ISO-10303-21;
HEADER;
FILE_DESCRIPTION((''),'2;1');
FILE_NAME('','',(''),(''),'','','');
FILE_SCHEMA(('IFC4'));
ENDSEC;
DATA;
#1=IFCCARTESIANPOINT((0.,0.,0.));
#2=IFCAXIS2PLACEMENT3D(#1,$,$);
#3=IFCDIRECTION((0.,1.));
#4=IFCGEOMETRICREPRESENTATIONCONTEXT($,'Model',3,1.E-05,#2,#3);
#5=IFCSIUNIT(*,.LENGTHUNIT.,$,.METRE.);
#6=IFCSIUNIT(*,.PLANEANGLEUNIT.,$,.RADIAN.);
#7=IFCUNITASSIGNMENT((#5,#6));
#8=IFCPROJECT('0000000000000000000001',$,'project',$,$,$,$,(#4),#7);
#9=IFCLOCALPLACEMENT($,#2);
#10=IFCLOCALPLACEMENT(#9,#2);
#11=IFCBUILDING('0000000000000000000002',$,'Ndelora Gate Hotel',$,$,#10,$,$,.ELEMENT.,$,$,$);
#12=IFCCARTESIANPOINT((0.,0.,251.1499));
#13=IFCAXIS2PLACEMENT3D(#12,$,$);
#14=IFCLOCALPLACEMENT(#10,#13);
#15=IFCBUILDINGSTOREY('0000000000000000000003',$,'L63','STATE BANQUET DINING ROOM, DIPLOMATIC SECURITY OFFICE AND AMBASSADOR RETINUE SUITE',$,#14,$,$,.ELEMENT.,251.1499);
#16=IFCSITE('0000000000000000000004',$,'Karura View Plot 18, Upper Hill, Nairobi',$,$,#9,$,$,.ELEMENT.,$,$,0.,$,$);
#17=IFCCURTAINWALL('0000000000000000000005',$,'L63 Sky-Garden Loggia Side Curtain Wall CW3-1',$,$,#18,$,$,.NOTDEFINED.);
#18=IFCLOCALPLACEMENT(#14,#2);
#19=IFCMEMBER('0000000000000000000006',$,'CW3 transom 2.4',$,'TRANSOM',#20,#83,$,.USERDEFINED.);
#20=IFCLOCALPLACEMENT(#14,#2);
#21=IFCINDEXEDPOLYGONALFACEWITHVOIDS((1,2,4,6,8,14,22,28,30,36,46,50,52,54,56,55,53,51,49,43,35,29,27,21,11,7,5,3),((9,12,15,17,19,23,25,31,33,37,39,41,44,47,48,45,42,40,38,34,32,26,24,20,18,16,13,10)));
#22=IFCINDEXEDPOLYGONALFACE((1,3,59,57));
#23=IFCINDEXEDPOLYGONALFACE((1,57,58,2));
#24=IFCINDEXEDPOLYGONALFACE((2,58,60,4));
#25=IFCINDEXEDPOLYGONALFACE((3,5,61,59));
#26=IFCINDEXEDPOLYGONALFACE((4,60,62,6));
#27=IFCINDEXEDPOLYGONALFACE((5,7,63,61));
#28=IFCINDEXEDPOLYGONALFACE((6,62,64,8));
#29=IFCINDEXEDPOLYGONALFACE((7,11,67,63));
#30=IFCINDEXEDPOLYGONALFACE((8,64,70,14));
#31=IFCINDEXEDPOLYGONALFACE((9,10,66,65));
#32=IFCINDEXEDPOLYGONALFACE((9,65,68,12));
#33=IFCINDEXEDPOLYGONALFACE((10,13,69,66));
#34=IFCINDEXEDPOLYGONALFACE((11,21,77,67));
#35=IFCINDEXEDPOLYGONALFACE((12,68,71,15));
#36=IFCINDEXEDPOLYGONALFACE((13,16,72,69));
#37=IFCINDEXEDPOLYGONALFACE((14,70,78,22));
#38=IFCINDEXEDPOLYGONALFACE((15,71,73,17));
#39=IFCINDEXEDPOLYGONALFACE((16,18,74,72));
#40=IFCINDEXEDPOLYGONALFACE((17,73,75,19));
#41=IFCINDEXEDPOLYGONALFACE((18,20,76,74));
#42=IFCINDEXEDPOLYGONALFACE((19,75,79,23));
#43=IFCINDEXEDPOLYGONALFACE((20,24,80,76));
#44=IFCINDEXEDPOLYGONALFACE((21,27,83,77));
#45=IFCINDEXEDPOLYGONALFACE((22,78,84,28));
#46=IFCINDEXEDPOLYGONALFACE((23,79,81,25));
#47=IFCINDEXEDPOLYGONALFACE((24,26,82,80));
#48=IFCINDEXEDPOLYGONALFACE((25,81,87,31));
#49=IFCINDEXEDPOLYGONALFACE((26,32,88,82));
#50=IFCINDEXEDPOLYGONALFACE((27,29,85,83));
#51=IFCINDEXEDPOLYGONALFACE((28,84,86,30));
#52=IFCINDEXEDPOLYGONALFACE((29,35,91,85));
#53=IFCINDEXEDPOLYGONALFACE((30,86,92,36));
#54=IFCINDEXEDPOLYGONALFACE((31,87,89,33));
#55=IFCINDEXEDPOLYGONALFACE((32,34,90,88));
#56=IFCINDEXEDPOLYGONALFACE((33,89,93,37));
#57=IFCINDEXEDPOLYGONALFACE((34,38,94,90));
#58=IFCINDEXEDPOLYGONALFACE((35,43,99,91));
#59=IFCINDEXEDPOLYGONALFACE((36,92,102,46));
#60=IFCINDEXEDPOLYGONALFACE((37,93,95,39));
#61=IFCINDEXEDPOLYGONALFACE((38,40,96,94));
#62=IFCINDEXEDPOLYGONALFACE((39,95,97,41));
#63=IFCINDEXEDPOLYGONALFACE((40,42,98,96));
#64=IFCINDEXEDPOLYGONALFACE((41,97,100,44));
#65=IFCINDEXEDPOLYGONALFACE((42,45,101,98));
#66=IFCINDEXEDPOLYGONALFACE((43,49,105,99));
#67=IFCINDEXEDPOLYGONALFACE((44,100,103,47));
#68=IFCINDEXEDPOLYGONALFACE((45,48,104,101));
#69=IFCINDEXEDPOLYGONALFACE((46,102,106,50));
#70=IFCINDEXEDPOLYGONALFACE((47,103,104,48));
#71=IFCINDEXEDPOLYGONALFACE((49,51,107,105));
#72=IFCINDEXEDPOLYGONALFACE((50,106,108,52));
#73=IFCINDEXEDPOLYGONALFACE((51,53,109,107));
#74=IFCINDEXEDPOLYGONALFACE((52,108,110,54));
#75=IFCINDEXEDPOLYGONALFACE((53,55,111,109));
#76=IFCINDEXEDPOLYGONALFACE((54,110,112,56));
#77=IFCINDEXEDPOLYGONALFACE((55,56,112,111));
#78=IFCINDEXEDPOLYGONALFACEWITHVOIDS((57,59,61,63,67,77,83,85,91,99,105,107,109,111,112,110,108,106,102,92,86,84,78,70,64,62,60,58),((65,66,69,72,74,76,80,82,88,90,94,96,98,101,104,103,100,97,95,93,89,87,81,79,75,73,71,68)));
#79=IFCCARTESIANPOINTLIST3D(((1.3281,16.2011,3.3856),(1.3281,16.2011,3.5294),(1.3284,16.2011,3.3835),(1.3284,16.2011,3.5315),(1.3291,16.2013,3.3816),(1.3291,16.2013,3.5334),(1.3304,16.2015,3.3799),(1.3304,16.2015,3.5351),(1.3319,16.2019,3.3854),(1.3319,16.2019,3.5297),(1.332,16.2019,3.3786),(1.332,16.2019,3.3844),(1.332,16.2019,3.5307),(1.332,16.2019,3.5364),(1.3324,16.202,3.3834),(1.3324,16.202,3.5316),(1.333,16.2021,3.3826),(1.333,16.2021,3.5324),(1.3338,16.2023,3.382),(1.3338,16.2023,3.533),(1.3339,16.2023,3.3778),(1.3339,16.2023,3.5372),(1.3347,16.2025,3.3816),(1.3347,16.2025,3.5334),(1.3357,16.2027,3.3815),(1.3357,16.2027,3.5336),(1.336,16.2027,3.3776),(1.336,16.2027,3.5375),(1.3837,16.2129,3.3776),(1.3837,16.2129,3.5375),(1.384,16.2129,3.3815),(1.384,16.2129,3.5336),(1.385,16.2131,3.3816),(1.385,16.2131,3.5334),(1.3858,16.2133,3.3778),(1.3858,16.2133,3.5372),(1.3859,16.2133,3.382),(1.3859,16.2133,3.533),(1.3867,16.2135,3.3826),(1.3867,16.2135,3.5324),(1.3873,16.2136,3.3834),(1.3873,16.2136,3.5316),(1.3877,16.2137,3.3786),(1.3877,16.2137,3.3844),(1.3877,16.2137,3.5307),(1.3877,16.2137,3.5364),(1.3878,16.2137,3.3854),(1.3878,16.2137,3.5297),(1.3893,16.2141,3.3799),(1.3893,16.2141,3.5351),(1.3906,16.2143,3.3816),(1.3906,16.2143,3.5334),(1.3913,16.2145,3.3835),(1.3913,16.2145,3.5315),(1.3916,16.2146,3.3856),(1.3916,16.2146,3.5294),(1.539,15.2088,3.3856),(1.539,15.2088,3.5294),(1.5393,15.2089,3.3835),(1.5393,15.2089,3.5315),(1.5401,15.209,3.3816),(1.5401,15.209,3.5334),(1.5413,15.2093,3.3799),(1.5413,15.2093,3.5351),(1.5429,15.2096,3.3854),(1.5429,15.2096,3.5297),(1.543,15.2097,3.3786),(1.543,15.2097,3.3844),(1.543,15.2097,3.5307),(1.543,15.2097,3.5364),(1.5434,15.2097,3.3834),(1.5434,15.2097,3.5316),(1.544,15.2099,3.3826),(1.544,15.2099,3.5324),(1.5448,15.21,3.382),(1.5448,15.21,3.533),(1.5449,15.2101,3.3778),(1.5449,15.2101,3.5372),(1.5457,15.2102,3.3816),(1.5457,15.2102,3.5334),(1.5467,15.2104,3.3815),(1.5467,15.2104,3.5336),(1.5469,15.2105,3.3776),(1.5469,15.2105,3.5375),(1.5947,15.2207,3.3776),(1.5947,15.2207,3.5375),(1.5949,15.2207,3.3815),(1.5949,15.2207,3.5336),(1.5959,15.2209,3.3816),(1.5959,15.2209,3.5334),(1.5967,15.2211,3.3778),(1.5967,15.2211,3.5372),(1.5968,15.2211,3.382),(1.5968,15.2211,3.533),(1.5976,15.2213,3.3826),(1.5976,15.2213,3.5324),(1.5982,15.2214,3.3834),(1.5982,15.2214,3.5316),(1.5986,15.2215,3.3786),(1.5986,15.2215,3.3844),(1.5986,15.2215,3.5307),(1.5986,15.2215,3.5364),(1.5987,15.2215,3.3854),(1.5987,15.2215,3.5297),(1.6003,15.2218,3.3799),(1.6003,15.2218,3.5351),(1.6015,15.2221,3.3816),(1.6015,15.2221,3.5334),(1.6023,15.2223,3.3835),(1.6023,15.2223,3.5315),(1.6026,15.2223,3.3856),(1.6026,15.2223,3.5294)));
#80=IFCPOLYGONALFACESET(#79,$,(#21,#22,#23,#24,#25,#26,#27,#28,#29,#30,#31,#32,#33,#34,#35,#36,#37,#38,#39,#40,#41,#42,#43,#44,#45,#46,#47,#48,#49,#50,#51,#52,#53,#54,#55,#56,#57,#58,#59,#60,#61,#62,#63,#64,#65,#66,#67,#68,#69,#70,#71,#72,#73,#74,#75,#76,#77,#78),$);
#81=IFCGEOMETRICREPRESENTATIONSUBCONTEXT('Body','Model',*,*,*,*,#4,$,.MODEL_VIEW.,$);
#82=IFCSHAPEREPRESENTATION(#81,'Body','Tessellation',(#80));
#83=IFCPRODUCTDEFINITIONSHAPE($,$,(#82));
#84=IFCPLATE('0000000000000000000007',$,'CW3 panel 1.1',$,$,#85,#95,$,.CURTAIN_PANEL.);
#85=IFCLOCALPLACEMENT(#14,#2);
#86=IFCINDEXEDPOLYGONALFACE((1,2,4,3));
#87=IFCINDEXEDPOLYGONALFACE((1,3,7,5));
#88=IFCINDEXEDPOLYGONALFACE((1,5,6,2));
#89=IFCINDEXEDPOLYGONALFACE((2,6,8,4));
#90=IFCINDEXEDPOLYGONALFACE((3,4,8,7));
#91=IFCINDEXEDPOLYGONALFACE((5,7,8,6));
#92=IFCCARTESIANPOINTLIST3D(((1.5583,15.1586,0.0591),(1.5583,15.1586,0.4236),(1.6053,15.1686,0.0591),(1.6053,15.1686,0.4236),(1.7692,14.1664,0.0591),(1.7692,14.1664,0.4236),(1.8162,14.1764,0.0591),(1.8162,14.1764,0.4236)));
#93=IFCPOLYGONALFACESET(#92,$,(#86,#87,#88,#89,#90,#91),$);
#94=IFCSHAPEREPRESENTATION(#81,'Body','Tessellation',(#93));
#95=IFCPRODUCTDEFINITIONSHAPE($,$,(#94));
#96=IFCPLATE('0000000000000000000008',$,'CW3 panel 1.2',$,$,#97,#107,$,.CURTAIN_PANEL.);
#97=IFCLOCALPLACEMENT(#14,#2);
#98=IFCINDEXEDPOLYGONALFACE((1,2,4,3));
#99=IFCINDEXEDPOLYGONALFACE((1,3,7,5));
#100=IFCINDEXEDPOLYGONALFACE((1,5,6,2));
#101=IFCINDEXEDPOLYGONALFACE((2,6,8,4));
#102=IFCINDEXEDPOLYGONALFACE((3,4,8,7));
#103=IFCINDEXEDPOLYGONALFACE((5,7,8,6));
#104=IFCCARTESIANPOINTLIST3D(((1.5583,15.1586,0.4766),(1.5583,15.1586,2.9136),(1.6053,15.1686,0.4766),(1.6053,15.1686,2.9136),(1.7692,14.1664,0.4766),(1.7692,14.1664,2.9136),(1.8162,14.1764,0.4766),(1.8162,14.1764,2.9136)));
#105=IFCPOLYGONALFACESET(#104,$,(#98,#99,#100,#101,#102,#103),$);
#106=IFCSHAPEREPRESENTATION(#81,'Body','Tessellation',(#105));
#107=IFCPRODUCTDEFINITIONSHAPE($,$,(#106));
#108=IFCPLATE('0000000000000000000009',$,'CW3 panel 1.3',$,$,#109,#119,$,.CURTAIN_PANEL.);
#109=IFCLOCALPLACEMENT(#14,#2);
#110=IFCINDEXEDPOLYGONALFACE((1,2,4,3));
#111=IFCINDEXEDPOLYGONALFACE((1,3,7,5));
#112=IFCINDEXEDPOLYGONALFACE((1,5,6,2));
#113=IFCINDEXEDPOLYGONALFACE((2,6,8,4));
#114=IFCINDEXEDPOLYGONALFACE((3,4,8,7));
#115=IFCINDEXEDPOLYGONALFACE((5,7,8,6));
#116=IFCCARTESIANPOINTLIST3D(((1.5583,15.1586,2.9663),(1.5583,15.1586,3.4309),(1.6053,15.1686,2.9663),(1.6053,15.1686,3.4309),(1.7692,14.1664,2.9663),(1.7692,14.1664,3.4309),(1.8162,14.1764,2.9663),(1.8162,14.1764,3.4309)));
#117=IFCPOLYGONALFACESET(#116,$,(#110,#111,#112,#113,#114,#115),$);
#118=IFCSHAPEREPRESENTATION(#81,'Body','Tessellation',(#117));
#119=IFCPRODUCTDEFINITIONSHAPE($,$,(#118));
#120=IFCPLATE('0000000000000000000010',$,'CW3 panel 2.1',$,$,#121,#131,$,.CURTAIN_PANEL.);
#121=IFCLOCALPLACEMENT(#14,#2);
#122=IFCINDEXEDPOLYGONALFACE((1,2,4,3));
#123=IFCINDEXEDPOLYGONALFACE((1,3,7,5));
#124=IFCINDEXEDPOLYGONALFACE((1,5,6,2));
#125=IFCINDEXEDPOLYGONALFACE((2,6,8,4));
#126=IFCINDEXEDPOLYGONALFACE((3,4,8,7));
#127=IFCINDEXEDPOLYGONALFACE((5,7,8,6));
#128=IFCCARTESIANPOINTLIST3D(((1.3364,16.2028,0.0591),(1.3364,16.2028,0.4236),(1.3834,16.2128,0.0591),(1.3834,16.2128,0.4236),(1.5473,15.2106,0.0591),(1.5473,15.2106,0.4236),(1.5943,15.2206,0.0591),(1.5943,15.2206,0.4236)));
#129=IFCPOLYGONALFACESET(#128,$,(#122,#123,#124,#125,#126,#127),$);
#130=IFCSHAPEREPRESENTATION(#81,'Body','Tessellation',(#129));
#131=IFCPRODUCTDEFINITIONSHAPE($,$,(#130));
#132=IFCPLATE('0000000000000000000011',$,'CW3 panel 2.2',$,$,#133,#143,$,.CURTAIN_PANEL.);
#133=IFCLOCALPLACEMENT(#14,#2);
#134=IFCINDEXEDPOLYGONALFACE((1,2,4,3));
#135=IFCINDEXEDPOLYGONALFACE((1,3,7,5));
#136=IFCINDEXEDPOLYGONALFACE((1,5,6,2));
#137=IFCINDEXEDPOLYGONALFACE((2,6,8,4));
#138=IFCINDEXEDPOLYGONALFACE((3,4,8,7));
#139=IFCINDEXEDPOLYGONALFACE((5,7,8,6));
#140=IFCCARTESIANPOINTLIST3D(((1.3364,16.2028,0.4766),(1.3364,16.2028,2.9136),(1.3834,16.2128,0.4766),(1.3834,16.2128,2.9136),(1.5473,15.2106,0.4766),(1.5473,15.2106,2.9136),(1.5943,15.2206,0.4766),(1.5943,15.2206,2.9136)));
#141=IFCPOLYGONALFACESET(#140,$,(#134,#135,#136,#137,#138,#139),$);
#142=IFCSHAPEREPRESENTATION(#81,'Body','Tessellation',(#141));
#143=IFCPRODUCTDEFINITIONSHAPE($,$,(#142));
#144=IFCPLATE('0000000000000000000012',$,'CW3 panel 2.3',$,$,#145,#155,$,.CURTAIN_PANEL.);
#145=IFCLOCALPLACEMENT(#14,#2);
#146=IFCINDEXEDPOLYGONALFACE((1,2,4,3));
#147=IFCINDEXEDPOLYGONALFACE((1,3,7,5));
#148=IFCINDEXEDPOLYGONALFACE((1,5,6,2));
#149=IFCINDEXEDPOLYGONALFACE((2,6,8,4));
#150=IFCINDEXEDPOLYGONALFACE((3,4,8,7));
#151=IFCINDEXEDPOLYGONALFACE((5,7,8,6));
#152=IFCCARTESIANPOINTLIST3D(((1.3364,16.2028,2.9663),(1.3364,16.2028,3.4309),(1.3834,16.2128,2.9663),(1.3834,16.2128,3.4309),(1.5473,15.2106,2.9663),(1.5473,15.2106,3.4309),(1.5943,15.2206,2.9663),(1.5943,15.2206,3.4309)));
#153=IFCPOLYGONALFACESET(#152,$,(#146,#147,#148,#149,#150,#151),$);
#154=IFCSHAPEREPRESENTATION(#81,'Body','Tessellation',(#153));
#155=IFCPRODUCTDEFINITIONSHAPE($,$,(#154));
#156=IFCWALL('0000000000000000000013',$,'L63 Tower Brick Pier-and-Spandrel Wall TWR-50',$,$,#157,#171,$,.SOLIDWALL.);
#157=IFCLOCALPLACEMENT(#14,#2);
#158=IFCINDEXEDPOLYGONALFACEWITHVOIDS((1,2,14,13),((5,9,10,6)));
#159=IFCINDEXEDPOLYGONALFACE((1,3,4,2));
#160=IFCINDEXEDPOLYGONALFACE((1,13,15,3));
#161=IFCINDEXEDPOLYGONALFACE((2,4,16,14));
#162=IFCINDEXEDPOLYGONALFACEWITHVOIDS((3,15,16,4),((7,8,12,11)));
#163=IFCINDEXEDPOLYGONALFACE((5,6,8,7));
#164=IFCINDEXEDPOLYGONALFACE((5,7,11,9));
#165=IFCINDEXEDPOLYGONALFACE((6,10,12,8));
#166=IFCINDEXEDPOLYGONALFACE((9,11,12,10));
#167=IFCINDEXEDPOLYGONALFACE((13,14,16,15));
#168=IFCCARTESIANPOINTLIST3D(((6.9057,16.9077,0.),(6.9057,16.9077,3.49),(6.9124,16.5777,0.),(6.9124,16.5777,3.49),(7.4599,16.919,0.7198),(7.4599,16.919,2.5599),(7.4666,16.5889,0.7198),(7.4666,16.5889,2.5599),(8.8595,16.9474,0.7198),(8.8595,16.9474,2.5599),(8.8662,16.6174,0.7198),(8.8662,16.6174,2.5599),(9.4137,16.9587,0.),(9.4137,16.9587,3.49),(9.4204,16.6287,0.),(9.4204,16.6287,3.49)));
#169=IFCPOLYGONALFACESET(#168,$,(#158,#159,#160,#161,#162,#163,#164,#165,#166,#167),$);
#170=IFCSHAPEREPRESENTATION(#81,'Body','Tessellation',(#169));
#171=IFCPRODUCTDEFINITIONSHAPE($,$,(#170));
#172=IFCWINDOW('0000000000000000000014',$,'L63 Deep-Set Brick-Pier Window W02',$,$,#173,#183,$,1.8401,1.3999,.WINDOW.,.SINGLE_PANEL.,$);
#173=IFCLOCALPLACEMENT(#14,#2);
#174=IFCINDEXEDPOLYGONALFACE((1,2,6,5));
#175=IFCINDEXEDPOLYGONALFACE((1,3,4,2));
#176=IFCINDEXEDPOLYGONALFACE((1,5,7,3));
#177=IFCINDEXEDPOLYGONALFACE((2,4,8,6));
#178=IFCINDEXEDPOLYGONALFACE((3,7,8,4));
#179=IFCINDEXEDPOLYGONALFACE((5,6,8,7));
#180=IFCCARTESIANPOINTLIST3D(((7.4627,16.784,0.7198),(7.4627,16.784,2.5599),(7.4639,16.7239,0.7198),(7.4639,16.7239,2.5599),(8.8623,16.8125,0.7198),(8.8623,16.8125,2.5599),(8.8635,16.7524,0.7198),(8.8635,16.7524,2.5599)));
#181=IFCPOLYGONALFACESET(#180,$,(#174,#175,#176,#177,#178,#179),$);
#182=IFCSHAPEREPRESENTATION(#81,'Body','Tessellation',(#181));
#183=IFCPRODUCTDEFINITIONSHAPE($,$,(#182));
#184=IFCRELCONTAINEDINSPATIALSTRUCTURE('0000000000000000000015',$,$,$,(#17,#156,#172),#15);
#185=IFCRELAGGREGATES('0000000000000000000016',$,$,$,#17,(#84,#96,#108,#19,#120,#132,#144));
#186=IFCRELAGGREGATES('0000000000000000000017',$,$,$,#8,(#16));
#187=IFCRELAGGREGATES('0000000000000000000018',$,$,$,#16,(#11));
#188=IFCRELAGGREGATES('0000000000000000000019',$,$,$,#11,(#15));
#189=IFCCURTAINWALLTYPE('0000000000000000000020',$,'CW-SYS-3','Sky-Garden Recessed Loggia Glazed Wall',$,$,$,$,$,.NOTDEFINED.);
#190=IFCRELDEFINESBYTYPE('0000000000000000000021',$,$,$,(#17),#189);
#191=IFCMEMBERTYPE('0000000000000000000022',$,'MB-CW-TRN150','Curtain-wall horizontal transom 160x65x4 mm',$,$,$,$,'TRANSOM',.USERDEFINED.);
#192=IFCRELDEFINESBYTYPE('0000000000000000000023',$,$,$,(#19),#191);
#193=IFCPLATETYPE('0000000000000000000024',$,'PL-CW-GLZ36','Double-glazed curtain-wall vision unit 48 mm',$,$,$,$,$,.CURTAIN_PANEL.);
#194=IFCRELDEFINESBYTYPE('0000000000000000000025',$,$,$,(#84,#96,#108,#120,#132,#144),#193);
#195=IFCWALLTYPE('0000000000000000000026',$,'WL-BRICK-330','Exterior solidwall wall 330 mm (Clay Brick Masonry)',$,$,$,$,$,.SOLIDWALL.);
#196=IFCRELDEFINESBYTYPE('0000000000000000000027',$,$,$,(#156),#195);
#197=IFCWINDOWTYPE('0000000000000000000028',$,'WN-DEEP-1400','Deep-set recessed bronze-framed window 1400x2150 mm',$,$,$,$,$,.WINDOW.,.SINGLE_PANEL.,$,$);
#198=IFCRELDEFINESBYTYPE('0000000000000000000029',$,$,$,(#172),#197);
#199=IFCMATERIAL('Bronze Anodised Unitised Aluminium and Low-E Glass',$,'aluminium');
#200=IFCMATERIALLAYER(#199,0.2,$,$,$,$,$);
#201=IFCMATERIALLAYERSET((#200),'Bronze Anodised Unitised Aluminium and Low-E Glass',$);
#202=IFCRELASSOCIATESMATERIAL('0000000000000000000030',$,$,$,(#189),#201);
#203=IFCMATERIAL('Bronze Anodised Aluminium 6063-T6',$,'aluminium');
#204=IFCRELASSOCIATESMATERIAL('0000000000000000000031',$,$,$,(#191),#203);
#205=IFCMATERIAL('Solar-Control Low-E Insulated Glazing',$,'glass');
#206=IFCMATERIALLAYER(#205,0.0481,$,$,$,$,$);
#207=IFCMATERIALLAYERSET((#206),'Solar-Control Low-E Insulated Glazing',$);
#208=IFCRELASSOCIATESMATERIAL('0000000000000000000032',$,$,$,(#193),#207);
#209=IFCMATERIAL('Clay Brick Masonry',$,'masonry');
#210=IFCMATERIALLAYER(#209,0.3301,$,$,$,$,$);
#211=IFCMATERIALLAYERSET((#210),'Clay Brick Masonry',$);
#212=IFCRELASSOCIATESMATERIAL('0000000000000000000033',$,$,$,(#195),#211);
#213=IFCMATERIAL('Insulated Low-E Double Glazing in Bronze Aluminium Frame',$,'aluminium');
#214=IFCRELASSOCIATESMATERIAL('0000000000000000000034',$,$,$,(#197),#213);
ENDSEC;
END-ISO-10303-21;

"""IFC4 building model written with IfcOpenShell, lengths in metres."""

from ifc_helpers import new_model, si_unit, direction, frame, frame_2d, origin, origin_2d, place, context, subcontext, project, spatial, rectangle, hollow_rectangle, extrude, material, layer, layer_set, material_profile, profile_set, type_object, element, fill, aggregate, save


model = new_model("IFC4")

# Units and contexts
model_context = context("Model", 3, precision=1e-05, world=origin(), true_north=direction((0.0, 1.0)))
body_context = subcontext(model_context, "Body", "Model", "MODEL_VIEW")
ifc_project = project(units=[si_unit("LENGTHUNIT", "METRE"), si_unit("PLANEANGLEUNIT", "RADIAN")], contexts=[model_context])

# Site, building, storey
site_placement = place(None, origin())
site = spatial("IfcSite", under=ifc_project, at=site_placement, Name="Karura View Plot 18, Upper Hill, Nairobi", CompositionType="ELEMENT", RefElevation=0.0)
building_placement = place(site_placement, origin())
building = spatial("IfcBuilding", under=site, at=building_placement, Name="Ndelora Gate Hotel", CompositionType="ELEMENT")
storey_placement = place(building_placement, frame((0.0, 0.0, 251.1499)))
storey = spatial("IfcBuildingStorey", under=building, at=storey_placement, Name="L63", Description="STATE BANQUET DINING ROOM, DIPLOMATIC SECURITY OFFICE AND AMBASSADOR RETINUE SUITE", CompositionType="ELEMENT", Elevation=251.1499)

# Curtain wall, member, plates
ifc_material_1 = material(Name="Bronze Anodised Unitised Aluminium and Low-E Glass", Category="aluminium")
ifc_layer_1 = layer(ifc_material_1, 0.2)
ifc_layer_set_1 = layer_set([ifc_layer_1], Name="Bronze Anodised Unitised Aluminium and Low-E Glass")
curtain_wall_type = type_object("IfcCurtainWallType", Name="CW-SYS-3", Description="Sky-Garden Recessed Loggia Glazed Wall", PredefinedType="NOTDEFINED", material=ifc_layer_set_1)
curtain_wall_placement = place(storey_placement, origin())
curtain_wall = element("IfcCurtainWall", 1, at=curtain_wall_placement, inside=storey, type_object=curtain_wall_type, Name="L63 Sky-Garden Loggia Side Curtain Wall CW3-1", PredefinedType="NOTDEFINED")
ifc_material_2 = material(Name="Bronze Anodised Aluminium 6063-T6", Category="aluminium")
ifc_material_profile_1 = material_profile(ifc_material_2, hollow_rectangle(XDim=0.0649, YDim=0.1599, WallThickness=0.0039, InnerFilletRadius=0.0039, OuterFilletRadius=0.0081, at=origin_2d()), Name="ALU 160x65x4")
ifc_profile_set_1 = profile_set([ifc_material_profile_1], Name="Bronze Anodised Aluminium 6063-T6")
member_type_1 = type_object("IfcMemberType", Name="MB-CW-TRN150", Description="Curtain-wall horizontal transom 160x65x4 mm", ElementType="TRANSOM", PredefinedType="USERDEFINED", material=ifc_profile_set_1)
member_1_placement = place(storey_placement, frame((1.5708, 15.2156, 3.4575), z_axis=(-0.207951, 0.978139, 0.0), x_axis=(-0.978139, -0.207951, 0.0)))
member_1 = element("IfcMember", 2, at=member_1_placement, type_object=member_type_1, Name="CW3 transom 2.4", ObjectType="TRANSOM", PredefinedType="USERDEFINED", context=body_context, shape_type="SweptSolid", body=[
    extrude(hollow_rectangle(XDim=0.0649, YDim=0.1599, WallThickness=0.0039, InnerFilletRadius=0.0039, OuterFilletRadius=0.0081, at=origin_2d()), origin(), (0.0, 0.0, 1.0), 1.0144),
])
ifc_material_3 = material(Name="Solar-Control Low-E Insulated Glazing", Category="glass")
ifc_layer_2 = layer(ifc_material_3, 0.0481)
ifc_layer_set_2 = layer_set([ifc_layer_2], Name="Solar-Control Low-E Insulated Glazing")
plate_type = type_object("IfcPlateType", Name="PL-CW-GLZ36", Description="Double-glazed curtain-wall vision unit 48 mm", PredefinedType="CURTAIN_PANEL", material=ifc_layer_set_2)
plate_1_placement = place(storey_placement, frame((1.6873, 14.6675, 0.0591), z_axis=(0.0, 0.0, 1.0), x_axis=(-0.207911, 0.978148, 0.0)))
plate_1 = element("IfcPlate", 3, at=plate_1_placement, type_object=plate_type, Name="CW3 panel 1.1", PredefinedType="CURTAIN_PANEL", context=body_context, shape_type="SweptSolid", body=[
    extrude(rectangle(XDim=1.0144, YDim=0.0481, at=origin_2d()), origin(), (0.0, 0.0, 1.0), 0.3645),
])
plate_2_placement = place(storey_placement, frame((1.6873, 14.6675, 0.4766), z_axis=(0.0, 0.0, 1.0), x_axis=(-0.207911, 0.978148, 0.0)))
plate_2 = element("IfcPlate", 4, at=plate_2_placement, type_object=plate_type, Name="CW3 panel 1.2", PredefinedType="CURTAIN_PANEL", context=body_context, shape_type="SweptSolid", body=[
    extrude(rectangle(XDim=1.0144, YDim=0.0481, at=origin_2d()), origin(), (0.0, 0.0, 1.0), 2.437),
])
plate_3_placement = place(storey_placement, frame((1.6873, 14.6675, 2.9663), z_axis=(0.0, 0.0, 1.0), x_axis=(-0.207911, 0.978148, 0.0)))
plate_3 = element("IfcPlate", 5, at=plate_3_placement, type_object=plate_type, Name="CW3 panel 1.3", PredefinedType="CURTAIN_PANEL", context=body_context, shape_type="SweptSolid", body=[
    extrude(rectangle(XDim=1.0144, YDim=0.0481, at=origin_2d()), origin(), (0.0, 0.0, 1.0), 0.4646),
])
plate_4_placement = place(storey_placement, frame((1.4653, 15.7117, 0.0591), z_axis=(0.0, 0.0, 1.0), x_axis=(-0.207911, 0.978148, 0.0)))
plate_4 = element("IfcPlate", 6, at=plate_4_placement, type_object=plate_type, Name="CW3 panel 2.1", PredefinedType="CURTAIN_PANEL", context=body_context, shape_type="SweptSolid", body=[
    extrude(rectangle(XDim=1.0144, YDim=0.0481, at=origin_2d()), origin(), (0.0, 0.0, 1.0), 0.3645),
])
plate_5_placement = place(storey_placement, frame((1.4653, 15.7117, 0.4766), z_axis=(0.0, 0.0, 1.0), x_axis=(-0.207911, 0.978148, 0.0)))
plate_5 = element("IfcPlate", 7, at=plate_5_placement, type_object=plate_type, Name="CW3 panel 2.2", PredefinedType="CURTAIN_PANEL", context=body_context, shape_type="SweptSolid", body=[
    extrude(rectangle(XDim=1.0144, YDim=0.0481, at=origin_2d()), origin(), (0.0, 0.0, 1.0), 2.437),
])
plate_6_placement = place(storey_placement, frame((1.4653, 15.7117, 2.9663), z_axis=(0.0, 0.0, 1.0), x_axis=(-0.207911, 0.978148, 0.0)))
plate_6 = element("IfcPlate", 8, at=plate_6_placement, type_object=plate_type, Name="CW3 panel 2.3", PredefinedType="CURTAIN_PANEL", context=body_context, shape_type="SweptSolid", body=[
    extrude(rectangle(XDim=1.0144, YDim=0.0481, at=origin_2d()), origin(), (0.0, 0.0, 1.0), 0.4646),
])
aggregate(curtain_wall, [plate_1, plate_2, plate_3, member_1, plate_4, plate_5, plate_6])

# Wall, opening, window
ifc_material_4 = material(Name="Clay Brick Masonry", Category="masonry")
ifc_layer_3 = layer(ifc_material_4, 0.3301)
ifc_layer_set_3 = layer_set([ifc_layer_3], Name="Clay Brick Masonry")
wall_type = type_object("IfcWallType", Name="WL-BRICK-330", Description="Exterior solidwall wall 330 mm (Clay Brick Masonry)", PredefinedType="SOLIDWALL", material=ifc_layer_set_3)
wall_1_placement = place(storey_placement, frame((6.9089, 16.7427, 0.0), z_axis=(0.0, 0.0, 1.0), x_axis=(0.999793, 0.02034, 0.0)))
wall_1 = element("IfcWall", 9, at=wall_1_placement, inside=storey, type_object=wall_type, Name="L63 Tower Brick Pier-and-Spandrel Wall TWR-50", PredefinedType="SOLIDWALL", context=body_context, shape_type="SweptSolid", body=[
    extrude(rectangle(XDim=2.5085, YDim=0.3301, at=frame_2d((1.2544, 0.0))), origin(), (0.0, 0.0, 1.0), 3.49),
])
opening_1_placement = place(wall_1_placement, frame((0.5544, 0.0, 0.72)))
opening_1 = element("IfcOpeningElement", 10, at=opening_1_placement, cuts=wall_1, PredefinedType="OPENING", context=body_context, shape_type="SweptSolid", body=[
    extrude(rectangle(XDim=1.3999, YDim=1.8401, at=frame_2d((0.7, 0.9199))), frame((0.0, 0.175, 0.0), z_axis=(0.0, -1.0, 0.0), x_axis=(1.0, 0.0, 0.0)), (0.0, 0.0, 1.0), 0.3501),
])
ifc_material_5 = material(Name="Insulated Low-E Double Glazing in Bronze Aluminium Frame", Category="aluminium")
window_type = type_object("IfcWindowType", Name="WN-DEEP-1400", Description="Deep-set recessed bronze-framed window 1400x2150 mm", PartitioningType="SINGLE_PANEL", PredefinedType="WINDOW", material=ifc_material_5)
window_1_placement = place(opening_1_placement, origin())
window_1 = element("IfcWindow", 11, at=window_1_placement, inside=storey, type_object=window_type, Name="L63 Deep-Set Brick-Pier Window W02", OverallHeight=1.8401, OverallWidth=1.3999, PartitioningType="SINGLE_PANEL", PredefinedType="WINDOW", context=body_context, shape_type="SweptSolid", body=[
    extrude(rectangle(XDim=1.3999, YDim=1.8401, at=frame_2d((0.7, 0.9199))), frame((0.0, 0.03, 0.0), z_axis=(0.0, -1.0, 0.0), x_axis=(1.0, 0.0, 0.0)), (0.0, 0.0, 1.0), 0.0601),
])
fill(opening_1, window_1)

save(model, "model.ifc")
